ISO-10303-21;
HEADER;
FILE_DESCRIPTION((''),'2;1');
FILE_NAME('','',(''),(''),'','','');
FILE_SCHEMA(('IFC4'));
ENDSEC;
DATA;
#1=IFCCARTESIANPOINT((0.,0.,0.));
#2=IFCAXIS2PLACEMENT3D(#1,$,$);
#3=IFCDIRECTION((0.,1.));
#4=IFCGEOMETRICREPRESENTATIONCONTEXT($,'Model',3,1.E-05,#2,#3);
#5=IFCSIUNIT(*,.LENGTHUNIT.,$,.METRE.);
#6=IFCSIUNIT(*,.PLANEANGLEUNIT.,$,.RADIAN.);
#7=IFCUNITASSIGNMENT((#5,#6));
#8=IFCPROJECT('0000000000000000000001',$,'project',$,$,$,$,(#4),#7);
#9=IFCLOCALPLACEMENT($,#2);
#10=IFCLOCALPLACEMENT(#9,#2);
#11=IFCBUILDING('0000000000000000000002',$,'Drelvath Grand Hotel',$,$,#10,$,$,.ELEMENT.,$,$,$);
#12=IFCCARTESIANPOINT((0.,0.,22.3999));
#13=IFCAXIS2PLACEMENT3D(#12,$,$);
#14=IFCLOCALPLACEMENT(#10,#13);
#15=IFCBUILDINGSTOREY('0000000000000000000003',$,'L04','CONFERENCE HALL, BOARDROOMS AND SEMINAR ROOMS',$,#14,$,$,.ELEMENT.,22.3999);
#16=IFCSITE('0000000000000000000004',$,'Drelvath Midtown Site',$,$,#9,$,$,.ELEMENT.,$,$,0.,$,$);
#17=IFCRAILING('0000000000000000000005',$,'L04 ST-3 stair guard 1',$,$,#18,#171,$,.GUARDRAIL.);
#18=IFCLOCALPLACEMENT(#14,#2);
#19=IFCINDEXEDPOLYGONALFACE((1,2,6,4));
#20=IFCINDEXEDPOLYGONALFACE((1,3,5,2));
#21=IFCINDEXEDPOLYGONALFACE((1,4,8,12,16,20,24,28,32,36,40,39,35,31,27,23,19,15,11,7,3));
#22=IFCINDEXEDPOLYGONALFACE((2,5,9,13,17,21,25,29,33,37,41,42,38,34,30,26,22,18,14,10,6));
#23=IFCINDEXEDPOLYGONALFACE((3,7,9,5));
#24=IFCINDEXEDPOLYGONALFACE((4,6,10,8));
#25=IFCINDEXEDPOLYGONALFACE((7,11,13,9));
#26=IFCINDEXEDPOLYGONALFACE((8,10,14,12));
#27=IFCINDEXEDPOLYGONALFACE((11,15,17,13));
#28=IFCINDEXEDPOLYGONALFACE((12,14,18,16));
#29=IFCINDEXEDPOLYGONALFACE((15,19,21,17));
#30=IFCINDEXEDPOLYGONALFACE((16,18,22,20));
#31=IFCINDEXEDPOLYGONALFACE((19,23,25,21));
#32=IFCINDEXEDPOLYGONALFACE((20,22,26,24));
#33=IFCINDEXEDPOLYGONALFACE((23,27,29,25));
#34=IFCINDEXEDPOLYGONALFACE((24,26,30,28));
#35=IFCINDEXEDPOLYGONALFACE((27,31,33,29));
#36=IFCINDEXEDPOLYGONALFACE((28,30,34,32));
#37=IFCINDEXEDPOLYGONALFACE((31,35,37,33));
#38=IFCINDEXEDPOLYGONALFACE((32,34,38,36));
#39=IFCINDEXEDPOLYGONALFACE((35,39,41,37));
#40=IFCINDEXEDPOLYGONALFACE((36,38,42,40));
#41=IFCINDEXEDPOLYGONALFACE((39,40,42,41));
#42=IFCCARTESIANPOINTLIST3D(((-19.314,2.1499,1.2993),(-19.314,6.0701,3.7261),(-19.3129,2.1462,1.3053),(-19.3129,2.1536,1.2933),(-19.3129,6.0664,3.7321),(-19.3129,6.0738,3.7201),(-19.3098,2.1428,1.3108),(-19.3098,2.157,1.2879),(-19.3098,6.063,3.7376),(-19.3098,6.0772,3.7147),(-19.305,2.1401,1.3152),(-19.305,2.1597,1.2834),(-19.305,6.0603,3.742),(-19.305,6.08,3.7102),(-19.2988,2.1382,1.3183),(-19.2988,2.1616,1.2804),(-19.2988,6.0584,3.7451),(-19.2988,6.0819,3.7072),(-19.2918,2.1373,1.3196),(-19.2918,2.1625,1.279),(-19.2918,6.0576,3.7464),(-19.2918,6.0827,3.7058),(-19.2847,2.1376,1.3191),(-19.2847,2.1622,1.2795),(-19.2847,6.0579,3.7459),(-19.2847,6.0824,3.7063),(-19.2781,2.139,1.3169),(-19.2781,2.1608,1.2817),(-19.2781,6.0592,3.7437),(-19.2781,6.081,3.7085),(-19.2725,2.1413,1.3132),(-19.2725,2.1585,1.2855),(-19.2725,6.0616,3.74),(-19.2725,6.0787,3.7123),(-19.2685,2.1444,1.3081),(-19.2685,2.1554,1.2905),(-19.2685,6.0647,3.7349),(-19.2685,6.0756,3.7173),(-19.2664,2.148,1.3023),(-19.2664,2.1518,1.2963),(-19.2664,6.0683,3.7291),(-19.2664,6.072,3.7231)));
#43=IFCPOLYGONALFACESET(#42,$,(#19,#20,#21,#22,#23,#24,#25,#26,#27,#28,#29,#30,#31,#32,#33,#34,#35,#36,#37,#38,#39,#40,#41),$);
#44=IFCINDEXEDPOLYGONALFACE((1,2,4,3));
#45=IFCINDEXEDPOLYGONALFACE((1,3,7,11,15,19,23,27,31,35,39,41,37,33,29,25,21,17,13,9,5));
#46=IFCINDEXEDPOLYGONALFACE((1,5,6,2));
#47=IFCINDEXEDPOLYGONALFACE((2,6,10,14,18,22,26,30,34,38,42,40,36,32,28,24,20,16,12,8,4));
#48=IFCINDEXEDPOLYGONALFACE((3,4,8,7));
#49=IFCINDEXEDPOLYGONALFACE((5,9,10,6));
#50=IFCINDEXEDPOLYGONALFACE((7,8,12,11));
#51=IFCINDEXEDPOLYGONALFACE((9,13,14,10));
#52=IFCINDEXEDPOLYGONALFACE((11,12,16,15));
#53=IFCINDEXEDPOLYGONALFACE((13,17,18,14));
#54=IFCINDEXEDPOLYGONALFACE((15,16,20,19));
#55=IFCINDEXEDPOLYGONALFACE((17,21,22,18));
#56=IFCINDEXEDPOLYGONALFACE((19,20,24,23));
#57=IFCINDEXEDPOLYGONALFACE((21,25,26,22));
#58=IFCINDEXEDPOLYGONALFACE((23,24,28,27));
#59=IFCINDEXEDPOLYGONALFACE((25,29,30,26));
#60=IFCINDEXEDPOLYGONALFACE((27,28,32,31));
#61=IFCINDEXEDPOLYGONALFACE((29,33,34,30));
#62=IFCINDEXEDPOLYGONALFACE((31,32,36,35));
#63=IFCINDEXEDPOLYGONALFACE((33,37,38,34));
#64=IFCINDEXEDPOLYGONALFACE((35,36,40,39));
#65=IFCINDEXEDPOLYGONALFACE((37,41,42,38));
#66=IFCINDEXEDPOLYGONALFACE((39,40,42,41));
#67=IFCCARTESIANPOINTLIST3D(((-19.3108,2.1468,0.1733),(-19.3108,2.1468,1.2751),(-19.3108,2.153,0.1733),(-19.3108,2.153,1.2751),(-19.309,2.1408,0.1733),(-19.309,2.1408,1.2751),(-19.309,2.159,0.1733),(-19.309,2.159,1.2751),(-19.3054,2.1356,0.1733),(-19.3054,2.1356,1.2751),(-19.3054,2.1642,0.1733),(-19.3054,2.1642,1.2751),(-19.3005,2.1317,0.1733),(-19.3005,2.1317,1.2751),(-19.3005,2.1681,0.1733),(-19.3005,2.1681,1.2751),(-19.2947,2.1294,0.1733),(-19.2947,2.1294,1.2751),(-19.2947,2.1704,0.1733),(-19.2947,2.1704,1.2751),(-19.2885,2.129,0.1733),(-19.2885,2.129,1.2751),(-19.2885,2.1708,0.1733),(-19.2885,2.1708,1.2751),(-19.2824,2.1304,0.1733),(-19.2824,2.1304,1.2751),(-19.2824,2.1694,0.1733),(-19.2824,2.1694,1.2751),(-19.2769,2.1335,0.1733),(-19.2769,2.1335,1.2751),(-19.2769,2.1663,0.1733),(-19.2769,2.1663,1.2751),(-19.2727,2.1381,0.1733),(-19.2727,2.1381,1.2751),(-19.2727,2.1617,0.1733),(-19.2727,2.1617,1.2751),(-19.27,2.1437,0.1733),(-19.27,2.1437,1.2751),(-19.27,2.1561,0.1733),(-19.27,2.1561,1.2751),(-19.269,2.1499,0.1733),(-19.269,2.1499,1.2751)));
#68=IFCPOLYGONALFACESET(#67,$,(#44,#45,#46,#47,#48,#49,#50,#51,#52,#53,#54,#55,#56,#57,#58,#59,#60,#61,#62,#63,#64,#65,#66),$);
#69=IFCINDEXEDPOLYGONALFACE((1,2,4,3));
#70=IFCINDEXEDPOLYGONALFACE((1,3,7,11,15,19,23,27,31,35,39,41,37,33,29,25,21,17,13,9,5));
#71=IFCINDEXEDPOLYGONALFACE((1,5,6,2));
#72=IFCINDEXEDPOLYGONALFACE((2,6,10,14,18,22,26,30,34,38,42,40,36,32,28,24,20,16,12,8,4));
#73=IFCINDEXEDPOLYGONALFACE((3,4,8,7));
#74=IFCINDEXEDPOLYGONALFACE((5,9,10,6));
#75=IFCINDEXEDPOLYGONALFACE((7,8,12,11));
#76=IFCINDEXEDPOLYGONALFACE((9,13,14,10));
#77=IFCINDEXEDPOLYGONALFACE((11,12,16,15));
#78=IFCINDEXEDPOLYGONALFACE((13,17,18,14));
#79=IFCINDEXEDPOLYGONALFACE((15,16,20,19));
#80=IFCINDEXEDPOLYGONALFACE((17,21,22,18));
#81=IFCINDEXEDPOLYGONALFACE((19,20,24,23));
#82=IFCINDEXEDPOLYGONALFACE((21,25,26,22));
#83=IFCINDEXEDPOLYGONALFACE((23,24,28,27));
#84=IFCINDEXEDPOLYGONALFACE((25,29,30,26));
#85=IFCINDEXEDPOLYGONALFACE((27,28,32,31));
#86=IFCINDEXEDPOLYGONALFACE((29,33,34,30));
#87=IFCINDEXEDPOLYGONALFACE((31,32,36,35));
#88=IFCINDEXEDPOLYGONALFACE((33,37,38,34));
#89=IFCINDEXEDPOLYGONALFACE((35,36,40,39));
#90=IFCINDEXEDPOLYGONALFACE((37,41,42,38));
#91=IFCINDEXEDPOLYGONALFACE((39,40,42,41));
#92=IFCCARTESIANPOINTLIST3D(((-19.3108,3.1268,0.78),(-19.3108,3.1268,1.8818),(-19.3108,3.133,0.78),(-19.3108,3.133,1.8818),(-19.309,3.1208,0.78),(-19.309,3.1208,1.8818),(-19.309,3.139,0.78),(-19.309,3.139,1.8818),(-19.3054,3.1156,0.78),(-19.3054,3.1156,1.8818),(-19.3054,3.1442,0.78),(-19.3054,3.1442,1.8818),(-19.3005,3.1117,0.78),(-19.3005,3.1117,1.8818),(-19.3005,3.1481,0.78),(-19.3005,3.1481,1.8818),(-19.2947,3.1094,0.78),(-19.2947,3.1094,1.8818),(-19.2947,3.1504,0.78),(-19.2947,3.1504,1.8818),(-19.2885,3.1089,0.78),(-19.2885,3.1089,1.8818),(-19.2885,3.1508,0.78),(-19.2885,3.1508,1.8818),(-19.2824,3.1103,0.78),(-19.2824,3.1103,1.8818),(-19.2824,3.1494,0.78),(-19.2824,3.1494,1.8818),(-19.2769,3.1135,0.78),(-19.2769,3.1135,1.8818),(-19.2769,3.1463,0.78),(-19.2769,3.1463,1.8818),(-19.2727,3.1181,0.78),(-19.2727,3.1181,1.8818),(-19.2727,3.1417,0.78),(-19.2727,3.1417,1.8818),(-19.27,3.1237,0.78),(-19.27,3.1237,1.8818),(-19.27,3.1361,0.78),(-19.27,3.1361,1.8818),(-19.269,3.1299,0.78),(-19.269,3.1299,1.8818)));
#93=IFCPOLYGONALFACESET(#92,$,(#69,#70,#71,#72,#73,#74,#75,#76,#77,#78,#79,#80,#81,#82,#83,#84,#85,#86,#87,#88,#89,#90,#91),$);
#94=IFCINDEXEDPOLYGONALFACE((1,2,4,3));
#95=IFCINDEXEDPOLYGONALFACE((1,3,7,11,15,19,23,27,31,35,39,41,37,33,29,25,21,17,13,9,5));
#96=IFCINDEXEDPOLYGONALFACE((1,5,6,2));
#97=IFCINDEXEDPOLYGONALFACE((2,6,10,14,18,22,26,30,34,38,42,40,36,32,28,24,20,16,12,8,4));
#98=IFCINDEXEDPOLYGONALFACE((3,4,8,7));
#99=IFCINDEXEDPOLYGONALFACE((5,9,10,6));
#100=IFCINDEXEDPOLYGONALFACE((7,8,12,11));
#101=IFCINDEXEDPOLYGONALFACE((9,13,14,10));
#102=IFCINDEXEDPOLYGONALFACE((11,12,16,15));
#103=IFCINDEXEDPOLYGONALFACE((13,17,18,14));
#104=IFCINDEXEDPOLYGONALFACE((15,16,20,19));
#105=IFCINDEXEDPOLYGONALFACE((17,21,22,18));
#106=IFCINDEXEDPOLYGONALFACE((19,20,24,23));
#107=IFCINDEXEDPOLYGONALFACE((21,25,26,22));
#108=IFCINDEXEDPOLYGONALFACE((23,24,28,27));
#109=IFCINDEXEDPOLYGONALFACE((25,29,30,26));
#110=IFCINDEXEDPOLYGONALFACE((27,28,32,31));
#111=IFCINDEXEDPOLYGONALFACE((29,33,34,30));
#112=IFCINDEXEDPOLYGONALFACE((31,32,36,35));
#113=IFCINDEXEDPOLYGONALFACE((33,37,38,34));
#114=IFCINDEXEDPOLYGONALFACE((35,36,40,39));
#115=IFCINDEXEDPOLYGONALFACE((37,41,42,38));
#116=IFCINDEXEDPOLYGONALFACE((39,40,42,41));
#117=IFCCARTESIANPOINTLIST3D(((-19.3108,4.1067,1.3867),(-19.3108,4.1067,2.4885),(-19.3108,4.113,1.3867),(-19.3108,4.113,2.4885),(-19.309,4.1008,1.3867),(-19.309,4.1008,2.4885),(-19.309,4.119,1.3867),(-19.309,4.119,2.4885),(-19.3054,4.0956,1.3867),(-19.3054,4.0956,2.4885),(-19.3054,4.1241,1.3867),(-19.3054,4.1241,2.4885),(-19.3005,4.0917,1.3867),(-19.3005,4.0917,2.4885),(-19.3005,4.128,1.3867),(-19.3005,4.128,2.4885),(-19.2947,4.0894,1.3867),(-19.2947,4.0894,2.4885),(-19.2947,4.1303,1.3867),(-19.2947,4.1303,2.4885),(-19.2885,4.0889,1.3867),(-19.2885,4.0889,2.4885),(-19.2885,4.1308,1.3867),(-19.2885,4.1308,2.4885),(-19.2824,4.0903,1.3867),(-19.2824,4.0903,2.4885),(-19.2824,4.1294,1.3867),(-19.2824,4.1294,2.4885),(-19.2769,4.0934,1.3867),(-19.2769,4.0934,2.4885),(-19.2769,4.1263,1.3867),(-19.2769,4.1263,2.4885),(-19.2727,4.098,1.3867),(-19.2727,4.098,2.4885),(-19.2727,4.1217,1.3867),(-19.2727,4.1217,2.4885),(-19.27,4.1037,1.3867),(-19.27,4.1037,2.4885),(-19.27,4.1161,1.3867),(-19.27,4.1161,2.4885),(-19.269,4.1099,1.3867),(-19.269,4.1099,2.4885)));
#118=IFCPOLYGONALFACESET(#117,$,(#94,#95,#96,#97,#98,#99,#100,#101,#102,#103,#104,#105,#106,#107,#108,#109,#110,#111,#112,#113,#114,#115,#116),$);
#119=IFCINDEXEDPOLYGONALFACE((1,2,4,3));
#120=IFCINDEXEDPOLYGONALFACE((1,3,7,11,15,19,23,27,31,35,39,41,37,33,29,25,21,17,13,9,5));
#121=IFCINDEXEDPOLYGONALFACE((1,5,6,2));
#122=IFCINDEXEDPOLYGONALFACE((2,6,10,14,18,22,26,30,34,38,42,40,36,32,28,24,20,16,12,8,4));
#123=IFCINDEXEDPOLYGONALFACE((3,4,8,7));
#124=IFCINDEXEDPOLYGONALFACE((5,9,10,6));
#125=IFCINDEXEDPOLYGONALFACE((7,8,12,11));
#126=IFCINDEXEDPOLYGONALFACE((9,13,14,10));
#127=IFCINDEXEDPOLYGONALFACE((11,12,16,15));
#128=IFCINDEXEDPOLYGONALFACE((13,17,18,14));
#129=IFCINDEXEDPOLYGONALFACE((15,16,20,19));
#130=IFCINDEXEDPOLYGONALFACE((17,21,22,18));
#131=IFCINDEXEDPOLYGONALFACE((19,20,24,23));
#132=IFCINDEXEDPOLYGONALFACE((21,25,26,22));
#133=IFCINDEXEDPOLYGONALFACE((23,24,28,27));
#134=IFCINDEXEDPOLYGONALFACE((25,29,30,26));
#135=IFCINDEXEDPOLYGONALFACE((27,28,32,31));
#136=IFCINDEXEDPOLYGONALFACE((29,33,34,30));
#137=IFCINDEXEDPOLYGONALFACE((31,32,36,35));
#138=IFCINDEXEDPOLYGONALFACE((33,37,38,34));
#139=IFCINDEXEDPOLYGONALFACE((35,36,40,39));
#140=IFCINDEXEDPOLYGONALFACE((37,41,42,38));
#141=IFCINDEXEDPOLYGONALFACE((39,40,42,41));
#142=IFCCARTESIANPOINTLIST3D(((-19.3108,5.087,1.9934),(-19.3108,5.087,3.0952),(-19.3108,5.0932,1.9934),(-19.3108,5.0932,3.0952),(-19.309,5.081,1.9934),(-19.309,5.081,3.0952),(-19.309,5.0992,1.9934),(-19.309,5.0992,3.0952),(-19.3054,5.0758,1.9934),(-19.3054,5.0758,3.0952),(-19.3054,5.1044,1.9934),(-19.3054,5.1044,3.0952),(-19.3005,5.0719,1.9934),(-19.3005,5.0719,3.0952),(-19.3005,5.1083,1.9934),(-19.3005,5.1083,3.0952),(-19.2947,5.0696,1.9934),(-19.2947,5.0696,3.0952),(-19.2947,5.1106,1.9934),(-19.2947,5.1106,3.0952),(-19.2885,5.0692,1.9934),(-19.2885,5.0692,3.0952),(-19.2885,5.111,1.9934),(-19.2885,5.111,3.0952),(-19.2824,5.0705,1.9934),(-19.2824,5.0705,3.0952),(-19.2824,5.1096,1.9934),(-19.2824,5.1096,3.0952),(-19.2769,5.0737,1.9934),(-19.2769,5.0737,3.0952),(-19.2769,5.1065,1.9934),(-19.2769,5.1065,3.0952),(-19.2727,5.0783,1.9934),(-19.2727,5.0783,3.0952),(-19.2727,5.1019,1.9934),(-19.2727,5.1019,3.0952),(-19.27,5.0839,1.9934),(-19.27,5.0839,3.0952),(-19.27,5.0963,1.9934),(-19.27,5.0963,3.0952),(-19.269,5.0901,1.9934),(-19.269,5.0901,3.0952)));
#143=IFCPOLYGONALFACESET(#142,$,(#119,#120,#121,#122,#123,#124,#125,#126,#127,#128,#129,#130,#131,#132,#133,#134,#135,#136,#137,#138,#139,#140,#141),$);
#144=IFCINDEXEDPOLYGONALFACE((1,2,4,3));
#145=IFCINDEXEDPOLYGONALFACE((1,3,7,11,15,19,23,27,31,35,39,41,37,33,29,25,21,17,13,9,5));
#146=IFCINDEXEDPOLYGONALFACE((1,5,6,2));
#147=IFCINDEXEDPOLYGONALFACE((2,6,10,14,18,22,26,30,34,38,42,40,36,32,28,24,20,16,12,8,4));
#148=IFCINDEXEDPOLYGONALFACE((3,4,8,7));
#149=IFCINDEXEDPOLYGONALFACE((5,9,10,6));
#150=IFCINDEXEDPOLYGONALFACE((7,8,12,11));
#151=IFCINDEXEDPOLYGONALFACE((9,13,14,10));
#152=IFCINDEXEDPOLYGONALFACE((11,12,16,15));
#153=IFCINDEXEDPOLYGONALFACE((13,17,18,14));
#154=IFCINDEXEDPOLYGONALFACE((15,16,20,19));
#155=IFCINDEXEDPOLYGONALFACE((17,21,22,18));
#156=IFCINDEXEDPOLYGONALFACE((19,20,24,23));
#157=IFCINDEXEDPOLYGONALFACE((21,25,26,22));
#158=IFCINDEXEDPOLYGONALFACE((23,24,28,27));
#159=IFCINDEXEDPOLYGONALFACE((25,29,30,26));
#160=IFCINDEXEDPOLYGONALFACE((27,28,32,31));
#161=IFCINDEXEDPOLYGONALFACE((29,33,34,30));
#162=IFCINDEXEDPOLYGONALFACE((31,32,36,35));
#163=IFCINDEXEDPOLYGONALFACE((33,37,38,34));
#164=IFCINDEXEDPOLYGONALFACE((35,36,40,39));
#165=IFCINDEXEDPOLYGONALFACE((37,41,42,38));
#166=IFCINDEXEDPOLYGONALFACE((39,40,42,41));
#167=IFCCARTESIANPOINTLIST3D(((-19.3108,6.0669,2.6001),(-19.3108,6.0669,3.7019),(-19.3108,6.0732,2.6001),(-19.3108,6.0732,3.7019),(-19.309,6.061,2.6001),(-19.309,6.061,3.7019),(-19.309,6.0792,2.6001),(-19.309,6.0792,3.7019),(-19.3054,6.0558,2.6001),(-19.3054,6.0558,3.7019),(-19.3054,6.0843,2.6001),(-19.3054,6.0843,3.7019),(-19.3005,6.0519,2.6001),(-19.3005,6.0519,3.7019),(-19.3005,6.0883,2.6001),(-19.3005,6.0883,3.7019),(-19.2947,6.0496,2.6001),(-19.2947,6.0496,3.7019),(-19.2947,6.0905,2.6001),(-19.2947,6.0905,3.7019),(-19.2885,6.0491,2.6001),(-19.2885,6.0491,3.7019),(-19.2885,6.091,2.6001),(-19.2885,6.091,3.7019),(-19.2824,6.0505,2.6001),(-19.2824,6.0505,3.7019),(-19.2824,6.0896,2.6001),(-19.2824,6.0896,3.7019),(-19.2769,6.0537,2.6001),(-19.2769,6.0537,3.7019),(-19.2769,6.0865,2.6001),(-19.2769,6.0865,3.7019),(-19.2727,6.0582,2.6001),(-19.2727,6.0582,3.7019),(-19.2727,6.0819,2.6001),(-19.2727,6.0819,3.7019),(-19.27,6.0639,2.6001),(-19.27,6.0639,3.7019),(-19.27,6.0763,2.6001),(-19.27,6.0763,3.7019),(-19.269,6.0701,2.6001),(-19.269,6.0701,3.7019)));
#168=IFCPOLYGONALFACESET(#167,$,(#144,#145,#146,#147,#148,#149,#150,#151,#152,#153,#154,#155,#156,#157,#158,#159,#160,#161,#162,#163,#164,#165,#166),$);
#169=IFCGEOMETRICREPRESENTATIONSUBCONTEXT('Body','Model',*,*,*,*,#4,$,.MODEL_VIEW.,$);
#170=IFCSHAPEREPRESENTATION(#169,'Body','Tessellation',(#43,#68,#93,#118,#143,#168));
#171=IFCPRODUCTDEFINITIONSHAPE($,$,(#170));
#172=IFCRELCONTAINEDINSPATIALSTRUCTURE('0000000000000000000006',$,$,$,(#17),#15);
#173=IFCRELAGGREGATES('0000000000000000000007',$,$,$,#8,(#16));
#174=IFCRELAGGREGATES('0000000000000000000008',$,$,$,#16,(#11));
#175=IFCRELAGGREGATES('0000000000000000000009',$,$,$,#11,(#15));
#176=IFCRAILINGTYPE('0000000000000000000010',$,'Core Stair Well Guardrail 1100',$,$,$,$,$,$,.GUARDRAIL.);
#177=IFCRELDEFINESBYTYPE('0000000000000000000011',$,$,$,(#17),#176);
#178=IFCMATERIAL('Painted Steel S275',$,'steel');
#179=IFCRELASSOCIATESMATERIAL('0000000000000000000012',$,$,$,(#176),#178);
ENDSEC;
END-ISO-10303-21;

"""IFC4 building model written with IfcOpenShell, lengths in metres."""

from ifc_helpers import new_model, si_unit, direction, frame, origin, origin_2d, place, context, subcontext, project, spatial, circle, extrude, material, type_object, element, save


model = new_model("IFC4")

# Units and contexts
model_context = context("Model", 3, precision=1e-05, world=origin(), true_north=direction((0.0, 1.0)))
body_context = subcontext(model_context, "Body", "Model", "MODEL_VIEW")
ifc_project = project(units=[si_unit("LENGTHUNIT", "METRE"), si_unit("PLANEANGLEUNIT", "RADIAN")], contexts=[model_context])

# Site, building, storey
site_placement = place(None, origin())
site = spatial("IfcSite", under=ifc_project, at=site_placement, Name="Drelvath Midtown Site", CompositionType="ELEMENT", RefElevation=0.0)
building_placement = place(site_placement, origin())
building = spatial("IfcBuilding", under=site, at=building_placement, Name="Drelvath Grand Hotel", CompositionType="ELEMENT")
storey_placement = place(building_placement, frame((0.0, 0.0, 22.3999)))
storey = spatial("IfcBuildingStorey", under=building, at=storey_placement, Name="L04", Description="CONFERENCE HALL, BOARDROOMS AND SEMINAR ROOMS", CompositionType="ELEMENT", Elevation=22.3999)

# Shared definitions
ifc_material_1 = material(Name="Painted Steel S275", Category="steel")

# Railing
railing_type_1 = type_object("IfcRailingType", Name="Core Stair Well Guardrail 1100", PredefinedType="GUARDRAIL", material=ifc_material_1)
railing_1_placement = place(storey_placement, frame((-19.29, 2.1499, 0.1733)))
element("IfcRailing", 1, at=railing_1_placement, inside=storey, type_object=railing_type_1, Name="L04 ST-3 stair guard 1", PredefinedType="GUARDRAIL", context=body_context, shape_type="SweptSolid", body=[
    extrude(circle(Radius=0.0239, at=origin_2d()), frame((0.0, 0.0, 1.126), z_axis=(0.0, 0.850266, 0.526353), x_axis=(-1.0, 0.0, 0.0)), (0.0, 0.0, 1.0), 4.6106),
    extrude(circle(Radius=0.021, at=origin_2d()), origin(), (0.0, 0.0, 1.0), 1.1018),
    extrude(circle(Radius=0.021, at=origin_2d()), frame((0.0, 0.98, 0.6067)), (0.0, 0.0, 1.0), 1.1018),
    extrude(circle(Radius=0.021, at=origin_2d()), frame((0.0, 1.96, 1.2134)), (0.0, 0.0, 1.0), 1.1018),
    extrude(circle(Radius=0.021, at=origin_2d()), frame((0.0, 2.9402, 1.8201)), (0.0, 0.0, 1.0), 1.1018),
    extrude(circle(Radius=0.021, at=origin_2d()), frame((0.0, 3.9202, 2.4268)), (0.0, 0.0, 1.0), 1.1018),
])

save(model, "model.ifc")
